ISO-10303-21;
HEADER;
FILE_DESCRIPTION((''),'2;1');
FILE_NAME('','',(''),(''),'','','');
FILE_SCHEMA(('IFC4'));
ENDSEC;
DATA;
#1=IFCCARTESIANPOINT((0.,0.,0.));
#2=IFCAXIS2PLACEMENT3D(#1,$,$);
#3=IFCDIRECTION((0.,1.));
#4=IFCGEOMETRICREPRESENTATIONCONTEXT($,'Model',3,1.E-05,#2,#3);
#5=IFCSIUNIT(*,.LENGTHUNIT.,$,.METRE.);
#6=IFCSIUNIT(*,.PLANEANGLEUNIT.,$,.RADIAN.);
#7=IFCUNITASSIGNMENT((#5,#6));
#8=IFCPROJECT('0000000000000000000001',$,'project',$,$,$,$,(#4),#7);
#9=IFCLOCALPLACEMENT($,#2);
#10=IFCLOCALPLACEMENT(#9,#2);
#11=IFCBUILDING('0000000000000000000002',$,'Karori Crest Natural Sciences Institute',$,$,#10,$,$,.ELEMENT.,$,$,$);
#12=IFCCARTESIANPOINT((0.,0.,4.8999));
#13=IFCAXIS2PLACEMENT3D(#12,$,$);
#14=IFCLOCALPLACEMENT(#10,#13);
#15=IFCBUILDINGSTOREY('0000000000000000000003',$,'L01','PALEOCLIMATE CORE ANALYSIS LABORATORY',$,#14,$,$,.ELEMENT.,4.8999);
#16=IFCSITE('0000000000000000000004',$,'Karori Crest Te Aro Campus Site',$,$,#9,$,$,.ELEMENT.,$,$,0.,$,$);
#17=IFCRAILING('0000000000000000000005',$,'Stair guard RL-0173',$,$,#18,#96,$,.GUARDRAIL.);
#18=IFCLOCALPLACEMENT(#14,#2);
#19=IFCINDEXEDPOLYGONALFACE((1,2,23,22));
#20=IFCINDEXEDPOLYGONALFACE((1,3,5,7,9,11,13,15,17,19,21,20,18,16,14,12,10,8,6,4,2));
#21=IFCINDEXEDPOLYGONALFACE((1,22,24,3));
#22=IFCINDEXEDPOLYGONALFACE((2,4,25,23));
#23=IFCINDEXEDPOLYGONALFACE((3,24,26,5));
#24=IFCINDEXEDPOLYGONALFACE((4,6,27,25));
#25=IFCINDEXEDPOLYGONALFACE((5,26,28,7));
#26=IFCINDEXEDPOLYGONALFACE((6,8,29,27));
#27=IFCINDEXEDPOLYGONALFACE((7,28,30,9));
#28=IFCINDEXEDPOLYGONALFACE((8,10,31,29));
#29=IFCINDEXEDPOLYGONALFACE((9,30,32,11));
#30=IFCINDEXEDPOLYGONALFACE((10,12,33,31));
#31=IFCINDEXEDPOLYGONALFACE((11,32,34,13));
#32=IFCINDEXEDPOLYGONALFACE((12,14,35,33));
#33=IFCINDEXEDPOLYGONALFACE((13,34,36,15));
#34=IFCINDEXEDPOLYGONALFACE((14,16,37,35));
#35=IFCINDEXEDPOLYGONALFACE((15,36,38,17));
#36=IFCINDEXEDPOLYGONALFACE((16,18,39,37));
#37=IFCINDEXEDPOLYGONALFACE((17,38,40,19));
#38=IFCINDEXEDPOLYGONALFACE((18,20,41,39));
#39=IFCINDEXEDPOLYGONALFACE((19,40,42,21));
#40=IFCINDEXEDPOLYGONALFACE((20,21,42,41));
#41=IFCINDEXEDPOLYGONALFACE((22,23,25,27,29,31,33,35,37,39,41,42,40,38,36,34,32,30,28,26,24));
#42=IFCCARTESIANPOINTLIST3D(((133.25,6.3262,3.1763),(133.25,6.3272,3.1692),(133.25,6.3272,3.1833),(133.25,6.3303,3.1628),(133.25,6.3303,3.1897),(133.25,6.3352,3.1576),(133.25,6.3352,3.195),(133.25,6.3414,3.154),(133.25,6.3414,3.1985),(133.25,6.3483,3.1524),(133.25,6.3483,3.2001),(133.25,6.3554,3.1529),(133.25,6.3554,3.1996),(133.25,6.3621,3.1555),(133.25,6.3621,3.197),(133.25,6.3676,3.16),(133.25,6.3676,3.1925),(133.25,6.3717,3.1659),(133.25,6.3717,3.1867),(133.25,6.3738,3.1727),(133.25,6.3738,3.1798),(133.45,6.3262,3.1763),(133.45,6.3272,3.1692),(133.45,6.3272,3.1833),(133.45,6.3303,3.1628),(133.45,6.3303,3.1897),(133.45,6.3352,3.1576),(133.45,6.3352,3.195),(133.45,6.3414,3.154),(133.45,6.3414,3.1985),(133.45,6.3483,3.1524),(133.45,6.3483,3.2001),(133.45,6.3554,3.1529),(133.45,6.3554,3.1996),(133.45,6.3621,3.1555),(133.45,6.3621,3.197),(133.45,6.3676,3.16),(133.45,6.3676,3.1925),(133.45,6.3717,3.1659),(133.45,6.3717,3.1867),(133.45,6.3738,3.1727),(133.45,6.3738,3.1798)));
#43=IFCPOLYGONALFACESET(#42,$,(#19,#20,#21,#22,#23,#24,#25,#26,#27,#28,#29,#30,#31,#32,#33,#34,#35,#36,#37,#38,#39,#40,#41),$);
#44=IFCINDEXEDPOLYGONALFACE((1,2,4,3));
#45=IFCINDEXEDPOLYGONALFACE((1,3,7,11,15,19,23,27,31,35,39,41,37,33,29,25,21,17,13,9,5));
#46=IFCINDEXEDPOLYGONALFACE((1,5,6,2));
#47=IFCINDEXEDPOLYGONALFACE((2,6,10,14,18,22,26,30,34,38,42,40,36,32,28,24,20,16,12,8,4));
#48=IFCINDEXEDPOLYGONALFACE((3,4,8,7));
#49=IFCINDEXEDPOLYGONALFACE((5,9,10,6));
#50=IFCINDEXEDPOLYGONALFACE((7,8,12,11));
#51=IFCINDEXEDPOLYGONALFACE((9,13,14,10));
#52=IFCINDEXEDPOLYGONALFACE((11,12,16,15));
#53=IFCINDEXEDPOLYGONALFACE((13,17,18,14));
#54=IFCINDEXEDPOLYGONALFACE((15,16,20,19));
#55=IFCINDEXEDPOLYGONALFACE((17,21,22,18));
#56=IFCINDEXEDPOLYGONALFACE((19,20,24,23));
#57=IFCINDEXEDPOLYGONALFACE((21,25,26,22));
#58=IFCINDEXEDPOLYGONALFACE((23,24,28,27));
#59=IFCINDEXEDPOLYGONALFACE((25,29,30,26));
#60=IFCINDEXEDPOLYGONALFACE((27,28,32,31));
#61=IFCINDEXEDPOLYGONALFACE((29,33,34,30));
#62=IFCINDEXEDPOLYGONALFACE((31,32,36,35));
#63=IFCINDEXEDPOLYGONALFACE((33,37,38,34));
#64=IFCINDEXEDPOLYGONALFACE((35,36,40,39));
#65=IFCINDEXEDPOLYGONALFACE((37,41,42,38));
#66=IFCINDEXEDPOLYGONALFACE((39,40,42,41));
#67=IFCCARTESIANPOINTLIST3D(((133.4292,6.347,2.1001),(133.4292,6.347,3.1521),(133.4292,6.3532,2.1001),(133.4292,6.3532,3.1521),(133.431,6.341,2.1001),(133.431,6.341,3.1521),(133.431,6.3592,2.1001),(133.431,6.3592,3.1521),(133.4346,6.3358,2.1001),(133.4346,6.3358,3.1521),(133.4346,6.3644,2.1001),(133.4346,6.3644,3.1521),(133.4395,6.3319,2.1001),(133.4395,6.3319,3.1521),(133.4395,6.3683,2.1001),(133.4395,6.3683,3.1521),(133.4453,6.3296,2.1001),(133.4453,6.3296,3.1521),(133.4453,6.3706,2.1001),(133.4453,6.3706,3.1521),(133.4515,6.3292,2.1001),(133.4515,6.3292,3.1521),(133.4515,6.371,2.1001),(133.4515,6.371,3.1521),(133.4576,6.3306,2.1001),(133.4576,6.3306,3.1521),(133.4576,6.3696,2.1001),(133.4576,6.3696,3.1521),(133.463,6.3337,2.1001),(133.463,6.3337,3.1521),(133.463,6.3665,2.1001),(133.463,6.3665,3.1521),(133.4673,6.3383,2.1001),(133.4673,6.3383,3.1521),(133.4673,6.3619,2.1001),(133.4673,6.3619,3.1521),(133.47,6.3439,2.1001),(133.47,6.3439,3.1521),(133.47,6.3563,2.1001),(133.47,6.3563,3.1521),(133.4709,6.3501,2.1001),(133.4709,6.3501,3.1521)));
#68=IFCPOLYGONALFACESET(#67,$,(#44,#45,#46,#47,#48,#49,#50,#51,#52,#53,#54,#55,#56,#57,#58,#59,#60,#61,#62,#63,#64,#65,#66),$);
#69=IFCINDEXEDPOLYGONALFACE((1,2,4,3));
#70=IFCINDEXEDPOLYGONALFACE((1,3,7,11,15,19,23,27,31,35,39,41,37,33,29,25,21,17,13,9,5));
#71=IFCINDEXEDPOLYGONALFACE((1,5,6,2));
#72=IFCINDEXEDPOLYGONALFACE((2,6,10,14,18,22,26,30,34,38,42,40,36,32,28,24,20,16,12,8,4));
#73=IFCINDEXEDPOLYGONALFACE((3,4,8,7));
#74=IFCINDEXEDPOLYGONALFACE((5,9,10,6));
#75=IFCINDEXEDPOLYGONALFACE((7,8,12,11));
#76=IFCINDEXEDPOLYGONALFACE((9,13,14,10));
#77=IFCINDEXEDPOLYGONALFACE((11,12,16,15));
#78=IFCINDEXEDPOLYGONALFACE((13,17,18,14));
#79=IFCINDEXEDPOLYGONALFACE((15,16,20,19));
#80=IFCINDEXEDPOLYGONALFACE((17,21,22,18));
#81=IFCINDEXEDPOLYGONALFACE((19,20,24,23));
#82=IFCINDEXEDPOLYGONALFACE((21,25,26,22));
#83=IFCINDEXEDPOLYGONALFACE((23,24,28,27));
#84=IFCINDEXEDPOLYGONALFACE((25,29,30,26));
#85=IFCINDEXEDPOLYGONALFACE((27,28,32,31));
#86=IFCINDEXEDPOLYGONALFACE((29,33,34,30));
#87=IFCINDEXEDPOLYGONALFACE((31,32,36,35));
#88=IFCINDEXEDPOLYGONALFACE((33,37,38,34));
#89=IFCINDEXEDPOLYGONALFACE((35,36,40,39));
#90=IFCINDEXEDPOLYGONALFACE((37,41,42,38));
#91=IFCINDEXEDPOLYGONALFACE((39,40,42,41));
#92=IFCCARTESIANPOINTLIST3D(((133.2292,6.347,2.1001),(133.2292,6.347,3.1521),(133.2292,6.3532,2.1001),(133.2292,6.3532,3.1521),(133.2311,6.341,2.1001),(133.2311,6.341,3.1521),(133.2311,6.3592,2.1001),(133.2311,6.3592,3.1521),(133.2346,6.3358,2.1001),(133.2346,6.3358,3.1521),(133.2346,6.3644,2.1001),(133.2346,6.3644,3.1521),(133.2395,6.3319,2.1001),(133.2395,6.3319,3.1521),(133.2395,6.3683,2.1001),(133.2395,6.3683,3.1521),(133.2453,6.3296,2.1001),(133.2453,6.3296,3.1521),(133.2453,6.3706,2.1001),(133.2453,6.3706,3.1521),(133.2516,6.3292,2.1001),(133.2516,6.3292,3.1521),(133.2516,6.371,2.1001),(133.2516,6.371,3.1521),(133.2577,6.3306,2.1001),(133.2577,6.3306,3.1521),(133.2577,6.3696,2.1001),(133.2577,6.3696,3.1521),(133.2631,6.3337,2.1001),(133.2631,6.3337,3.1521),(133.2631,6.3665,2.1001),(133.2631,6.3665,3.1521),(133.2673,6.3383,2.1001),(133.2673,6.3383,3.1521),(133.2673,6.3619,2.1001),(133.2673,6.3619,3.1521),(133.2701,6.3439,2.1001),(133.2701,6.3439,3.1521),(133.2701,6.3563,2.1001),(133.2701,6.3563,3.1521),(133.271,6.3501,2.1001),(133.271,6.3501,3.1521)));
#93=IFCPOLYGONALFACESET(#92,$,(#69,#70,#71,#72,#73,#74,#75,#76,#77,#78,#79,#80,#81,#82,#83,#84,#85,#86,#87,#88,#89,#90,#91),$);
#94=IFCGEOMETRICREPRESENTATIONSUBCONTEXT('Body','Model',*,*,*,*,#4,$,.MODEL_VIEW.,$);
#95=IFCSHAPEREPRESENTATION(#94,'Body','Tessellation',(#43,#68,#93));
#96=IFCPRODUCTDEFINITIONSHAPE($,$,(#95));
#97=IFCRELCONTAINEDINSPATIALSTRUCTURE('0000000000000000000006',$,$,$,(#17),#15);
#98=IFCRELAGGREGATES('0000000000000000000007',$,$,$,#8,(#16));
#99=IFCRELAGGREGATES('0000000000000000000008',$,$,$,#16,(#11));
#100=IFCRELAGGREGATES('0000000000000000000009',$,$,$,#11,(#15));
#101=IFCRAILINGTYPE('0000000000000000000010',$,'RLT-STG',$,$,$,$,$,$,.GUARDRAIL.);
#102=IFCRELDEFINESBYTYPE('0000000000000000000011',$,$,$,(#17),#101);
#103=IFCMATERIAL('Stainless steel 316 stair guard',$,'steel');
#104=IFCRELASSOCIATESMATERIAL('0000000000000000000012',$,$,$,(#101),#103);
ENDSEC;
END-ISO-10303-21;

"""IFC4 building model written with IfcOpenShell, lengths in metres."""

from ifc_helpers import new_model, si_unit, direction, frame, origin, origin_2d, place, context, subcontext, project, spatial, circle, extrude, material, type_object, element, save


model = new_model("IFC4")

# Units and contexts
model_context = context("Model", 3, precision=1e-05, world=origin(), true_north=direction((0.0, 1.0)))
body_context = subcontext(model_context, "Body", "Model", "MODEL_VIEW")
ifc_project = project(units=[si_unit("LENGTHUNIT", "METRE"), si_unit("PLANEANGLEUNIT", "RADIAN")], contexts=[model_context])

# Site, building, storey
site_placement = place(None, origin())
site = spatial("IfcSite", under=ifc_project, at=site_placement, Name="Karori Crest Te Aro Campus Site", CompositionType="ELEMENT", RefElevation=0.0)
building_placement = place(site_placement, origin())
building = spatial("IfcBuilding", under=site, at=building_placement, Name="Karori Crest Natural Sciences Institute", CompositionType="ELEMENT")
storey_placement = place(building_placement, frame((0.0, 0.0, 4.8999)))
storey = spatial("IfcBuildingStorey", under=building, at=storey_placement, Name="L01", Description="PALEOCLIMATE CORE ANALYSIS LABORATORY", CompositionType="ELEMENT", Elevation=4.8999)

# Railing
ifc_material_1 = material(Name="Stainless steel 316 stair guard", Category="steel")
railing_type_1 = type_object("IfcRailingType", Name="RLT-STG", PredefinedType="GUARDRAIL", material=ifc_material_1)
railing_1_placement = place(storey_placement, frame((133.45, 6.3501, 2.1001)))
element("IfcRailing", 1, at=railing_1_placement, inside=storey, type_object=railing_type_1, Name="Stair guard RL-0173", PredefinedType="GUARDRAIL", context=body_context, shape_type="SweptSolid", body=[
    extrude(circle(Radius=0.0239, at=origin_2d()), frame((0.0, 0.0, 1.0762), z_axis=(-1.0, 0.0, 0.0), x_axis=(0.0, -1.0, 0.0)), (0.0, 0.0, 1.0), 0.2),
    extrude(circle(Radius=0.021, at=origin_2d()), origin(), (0.0, 0.0, 1.0), 1.052),
    extrude(circle(Radius=0.021, at=origin_2d()), frame((-0.2, 0.0, 0.0)), (0.0, 0.0, 1.0), 1.052),
])

save(model, "model.ifc")
